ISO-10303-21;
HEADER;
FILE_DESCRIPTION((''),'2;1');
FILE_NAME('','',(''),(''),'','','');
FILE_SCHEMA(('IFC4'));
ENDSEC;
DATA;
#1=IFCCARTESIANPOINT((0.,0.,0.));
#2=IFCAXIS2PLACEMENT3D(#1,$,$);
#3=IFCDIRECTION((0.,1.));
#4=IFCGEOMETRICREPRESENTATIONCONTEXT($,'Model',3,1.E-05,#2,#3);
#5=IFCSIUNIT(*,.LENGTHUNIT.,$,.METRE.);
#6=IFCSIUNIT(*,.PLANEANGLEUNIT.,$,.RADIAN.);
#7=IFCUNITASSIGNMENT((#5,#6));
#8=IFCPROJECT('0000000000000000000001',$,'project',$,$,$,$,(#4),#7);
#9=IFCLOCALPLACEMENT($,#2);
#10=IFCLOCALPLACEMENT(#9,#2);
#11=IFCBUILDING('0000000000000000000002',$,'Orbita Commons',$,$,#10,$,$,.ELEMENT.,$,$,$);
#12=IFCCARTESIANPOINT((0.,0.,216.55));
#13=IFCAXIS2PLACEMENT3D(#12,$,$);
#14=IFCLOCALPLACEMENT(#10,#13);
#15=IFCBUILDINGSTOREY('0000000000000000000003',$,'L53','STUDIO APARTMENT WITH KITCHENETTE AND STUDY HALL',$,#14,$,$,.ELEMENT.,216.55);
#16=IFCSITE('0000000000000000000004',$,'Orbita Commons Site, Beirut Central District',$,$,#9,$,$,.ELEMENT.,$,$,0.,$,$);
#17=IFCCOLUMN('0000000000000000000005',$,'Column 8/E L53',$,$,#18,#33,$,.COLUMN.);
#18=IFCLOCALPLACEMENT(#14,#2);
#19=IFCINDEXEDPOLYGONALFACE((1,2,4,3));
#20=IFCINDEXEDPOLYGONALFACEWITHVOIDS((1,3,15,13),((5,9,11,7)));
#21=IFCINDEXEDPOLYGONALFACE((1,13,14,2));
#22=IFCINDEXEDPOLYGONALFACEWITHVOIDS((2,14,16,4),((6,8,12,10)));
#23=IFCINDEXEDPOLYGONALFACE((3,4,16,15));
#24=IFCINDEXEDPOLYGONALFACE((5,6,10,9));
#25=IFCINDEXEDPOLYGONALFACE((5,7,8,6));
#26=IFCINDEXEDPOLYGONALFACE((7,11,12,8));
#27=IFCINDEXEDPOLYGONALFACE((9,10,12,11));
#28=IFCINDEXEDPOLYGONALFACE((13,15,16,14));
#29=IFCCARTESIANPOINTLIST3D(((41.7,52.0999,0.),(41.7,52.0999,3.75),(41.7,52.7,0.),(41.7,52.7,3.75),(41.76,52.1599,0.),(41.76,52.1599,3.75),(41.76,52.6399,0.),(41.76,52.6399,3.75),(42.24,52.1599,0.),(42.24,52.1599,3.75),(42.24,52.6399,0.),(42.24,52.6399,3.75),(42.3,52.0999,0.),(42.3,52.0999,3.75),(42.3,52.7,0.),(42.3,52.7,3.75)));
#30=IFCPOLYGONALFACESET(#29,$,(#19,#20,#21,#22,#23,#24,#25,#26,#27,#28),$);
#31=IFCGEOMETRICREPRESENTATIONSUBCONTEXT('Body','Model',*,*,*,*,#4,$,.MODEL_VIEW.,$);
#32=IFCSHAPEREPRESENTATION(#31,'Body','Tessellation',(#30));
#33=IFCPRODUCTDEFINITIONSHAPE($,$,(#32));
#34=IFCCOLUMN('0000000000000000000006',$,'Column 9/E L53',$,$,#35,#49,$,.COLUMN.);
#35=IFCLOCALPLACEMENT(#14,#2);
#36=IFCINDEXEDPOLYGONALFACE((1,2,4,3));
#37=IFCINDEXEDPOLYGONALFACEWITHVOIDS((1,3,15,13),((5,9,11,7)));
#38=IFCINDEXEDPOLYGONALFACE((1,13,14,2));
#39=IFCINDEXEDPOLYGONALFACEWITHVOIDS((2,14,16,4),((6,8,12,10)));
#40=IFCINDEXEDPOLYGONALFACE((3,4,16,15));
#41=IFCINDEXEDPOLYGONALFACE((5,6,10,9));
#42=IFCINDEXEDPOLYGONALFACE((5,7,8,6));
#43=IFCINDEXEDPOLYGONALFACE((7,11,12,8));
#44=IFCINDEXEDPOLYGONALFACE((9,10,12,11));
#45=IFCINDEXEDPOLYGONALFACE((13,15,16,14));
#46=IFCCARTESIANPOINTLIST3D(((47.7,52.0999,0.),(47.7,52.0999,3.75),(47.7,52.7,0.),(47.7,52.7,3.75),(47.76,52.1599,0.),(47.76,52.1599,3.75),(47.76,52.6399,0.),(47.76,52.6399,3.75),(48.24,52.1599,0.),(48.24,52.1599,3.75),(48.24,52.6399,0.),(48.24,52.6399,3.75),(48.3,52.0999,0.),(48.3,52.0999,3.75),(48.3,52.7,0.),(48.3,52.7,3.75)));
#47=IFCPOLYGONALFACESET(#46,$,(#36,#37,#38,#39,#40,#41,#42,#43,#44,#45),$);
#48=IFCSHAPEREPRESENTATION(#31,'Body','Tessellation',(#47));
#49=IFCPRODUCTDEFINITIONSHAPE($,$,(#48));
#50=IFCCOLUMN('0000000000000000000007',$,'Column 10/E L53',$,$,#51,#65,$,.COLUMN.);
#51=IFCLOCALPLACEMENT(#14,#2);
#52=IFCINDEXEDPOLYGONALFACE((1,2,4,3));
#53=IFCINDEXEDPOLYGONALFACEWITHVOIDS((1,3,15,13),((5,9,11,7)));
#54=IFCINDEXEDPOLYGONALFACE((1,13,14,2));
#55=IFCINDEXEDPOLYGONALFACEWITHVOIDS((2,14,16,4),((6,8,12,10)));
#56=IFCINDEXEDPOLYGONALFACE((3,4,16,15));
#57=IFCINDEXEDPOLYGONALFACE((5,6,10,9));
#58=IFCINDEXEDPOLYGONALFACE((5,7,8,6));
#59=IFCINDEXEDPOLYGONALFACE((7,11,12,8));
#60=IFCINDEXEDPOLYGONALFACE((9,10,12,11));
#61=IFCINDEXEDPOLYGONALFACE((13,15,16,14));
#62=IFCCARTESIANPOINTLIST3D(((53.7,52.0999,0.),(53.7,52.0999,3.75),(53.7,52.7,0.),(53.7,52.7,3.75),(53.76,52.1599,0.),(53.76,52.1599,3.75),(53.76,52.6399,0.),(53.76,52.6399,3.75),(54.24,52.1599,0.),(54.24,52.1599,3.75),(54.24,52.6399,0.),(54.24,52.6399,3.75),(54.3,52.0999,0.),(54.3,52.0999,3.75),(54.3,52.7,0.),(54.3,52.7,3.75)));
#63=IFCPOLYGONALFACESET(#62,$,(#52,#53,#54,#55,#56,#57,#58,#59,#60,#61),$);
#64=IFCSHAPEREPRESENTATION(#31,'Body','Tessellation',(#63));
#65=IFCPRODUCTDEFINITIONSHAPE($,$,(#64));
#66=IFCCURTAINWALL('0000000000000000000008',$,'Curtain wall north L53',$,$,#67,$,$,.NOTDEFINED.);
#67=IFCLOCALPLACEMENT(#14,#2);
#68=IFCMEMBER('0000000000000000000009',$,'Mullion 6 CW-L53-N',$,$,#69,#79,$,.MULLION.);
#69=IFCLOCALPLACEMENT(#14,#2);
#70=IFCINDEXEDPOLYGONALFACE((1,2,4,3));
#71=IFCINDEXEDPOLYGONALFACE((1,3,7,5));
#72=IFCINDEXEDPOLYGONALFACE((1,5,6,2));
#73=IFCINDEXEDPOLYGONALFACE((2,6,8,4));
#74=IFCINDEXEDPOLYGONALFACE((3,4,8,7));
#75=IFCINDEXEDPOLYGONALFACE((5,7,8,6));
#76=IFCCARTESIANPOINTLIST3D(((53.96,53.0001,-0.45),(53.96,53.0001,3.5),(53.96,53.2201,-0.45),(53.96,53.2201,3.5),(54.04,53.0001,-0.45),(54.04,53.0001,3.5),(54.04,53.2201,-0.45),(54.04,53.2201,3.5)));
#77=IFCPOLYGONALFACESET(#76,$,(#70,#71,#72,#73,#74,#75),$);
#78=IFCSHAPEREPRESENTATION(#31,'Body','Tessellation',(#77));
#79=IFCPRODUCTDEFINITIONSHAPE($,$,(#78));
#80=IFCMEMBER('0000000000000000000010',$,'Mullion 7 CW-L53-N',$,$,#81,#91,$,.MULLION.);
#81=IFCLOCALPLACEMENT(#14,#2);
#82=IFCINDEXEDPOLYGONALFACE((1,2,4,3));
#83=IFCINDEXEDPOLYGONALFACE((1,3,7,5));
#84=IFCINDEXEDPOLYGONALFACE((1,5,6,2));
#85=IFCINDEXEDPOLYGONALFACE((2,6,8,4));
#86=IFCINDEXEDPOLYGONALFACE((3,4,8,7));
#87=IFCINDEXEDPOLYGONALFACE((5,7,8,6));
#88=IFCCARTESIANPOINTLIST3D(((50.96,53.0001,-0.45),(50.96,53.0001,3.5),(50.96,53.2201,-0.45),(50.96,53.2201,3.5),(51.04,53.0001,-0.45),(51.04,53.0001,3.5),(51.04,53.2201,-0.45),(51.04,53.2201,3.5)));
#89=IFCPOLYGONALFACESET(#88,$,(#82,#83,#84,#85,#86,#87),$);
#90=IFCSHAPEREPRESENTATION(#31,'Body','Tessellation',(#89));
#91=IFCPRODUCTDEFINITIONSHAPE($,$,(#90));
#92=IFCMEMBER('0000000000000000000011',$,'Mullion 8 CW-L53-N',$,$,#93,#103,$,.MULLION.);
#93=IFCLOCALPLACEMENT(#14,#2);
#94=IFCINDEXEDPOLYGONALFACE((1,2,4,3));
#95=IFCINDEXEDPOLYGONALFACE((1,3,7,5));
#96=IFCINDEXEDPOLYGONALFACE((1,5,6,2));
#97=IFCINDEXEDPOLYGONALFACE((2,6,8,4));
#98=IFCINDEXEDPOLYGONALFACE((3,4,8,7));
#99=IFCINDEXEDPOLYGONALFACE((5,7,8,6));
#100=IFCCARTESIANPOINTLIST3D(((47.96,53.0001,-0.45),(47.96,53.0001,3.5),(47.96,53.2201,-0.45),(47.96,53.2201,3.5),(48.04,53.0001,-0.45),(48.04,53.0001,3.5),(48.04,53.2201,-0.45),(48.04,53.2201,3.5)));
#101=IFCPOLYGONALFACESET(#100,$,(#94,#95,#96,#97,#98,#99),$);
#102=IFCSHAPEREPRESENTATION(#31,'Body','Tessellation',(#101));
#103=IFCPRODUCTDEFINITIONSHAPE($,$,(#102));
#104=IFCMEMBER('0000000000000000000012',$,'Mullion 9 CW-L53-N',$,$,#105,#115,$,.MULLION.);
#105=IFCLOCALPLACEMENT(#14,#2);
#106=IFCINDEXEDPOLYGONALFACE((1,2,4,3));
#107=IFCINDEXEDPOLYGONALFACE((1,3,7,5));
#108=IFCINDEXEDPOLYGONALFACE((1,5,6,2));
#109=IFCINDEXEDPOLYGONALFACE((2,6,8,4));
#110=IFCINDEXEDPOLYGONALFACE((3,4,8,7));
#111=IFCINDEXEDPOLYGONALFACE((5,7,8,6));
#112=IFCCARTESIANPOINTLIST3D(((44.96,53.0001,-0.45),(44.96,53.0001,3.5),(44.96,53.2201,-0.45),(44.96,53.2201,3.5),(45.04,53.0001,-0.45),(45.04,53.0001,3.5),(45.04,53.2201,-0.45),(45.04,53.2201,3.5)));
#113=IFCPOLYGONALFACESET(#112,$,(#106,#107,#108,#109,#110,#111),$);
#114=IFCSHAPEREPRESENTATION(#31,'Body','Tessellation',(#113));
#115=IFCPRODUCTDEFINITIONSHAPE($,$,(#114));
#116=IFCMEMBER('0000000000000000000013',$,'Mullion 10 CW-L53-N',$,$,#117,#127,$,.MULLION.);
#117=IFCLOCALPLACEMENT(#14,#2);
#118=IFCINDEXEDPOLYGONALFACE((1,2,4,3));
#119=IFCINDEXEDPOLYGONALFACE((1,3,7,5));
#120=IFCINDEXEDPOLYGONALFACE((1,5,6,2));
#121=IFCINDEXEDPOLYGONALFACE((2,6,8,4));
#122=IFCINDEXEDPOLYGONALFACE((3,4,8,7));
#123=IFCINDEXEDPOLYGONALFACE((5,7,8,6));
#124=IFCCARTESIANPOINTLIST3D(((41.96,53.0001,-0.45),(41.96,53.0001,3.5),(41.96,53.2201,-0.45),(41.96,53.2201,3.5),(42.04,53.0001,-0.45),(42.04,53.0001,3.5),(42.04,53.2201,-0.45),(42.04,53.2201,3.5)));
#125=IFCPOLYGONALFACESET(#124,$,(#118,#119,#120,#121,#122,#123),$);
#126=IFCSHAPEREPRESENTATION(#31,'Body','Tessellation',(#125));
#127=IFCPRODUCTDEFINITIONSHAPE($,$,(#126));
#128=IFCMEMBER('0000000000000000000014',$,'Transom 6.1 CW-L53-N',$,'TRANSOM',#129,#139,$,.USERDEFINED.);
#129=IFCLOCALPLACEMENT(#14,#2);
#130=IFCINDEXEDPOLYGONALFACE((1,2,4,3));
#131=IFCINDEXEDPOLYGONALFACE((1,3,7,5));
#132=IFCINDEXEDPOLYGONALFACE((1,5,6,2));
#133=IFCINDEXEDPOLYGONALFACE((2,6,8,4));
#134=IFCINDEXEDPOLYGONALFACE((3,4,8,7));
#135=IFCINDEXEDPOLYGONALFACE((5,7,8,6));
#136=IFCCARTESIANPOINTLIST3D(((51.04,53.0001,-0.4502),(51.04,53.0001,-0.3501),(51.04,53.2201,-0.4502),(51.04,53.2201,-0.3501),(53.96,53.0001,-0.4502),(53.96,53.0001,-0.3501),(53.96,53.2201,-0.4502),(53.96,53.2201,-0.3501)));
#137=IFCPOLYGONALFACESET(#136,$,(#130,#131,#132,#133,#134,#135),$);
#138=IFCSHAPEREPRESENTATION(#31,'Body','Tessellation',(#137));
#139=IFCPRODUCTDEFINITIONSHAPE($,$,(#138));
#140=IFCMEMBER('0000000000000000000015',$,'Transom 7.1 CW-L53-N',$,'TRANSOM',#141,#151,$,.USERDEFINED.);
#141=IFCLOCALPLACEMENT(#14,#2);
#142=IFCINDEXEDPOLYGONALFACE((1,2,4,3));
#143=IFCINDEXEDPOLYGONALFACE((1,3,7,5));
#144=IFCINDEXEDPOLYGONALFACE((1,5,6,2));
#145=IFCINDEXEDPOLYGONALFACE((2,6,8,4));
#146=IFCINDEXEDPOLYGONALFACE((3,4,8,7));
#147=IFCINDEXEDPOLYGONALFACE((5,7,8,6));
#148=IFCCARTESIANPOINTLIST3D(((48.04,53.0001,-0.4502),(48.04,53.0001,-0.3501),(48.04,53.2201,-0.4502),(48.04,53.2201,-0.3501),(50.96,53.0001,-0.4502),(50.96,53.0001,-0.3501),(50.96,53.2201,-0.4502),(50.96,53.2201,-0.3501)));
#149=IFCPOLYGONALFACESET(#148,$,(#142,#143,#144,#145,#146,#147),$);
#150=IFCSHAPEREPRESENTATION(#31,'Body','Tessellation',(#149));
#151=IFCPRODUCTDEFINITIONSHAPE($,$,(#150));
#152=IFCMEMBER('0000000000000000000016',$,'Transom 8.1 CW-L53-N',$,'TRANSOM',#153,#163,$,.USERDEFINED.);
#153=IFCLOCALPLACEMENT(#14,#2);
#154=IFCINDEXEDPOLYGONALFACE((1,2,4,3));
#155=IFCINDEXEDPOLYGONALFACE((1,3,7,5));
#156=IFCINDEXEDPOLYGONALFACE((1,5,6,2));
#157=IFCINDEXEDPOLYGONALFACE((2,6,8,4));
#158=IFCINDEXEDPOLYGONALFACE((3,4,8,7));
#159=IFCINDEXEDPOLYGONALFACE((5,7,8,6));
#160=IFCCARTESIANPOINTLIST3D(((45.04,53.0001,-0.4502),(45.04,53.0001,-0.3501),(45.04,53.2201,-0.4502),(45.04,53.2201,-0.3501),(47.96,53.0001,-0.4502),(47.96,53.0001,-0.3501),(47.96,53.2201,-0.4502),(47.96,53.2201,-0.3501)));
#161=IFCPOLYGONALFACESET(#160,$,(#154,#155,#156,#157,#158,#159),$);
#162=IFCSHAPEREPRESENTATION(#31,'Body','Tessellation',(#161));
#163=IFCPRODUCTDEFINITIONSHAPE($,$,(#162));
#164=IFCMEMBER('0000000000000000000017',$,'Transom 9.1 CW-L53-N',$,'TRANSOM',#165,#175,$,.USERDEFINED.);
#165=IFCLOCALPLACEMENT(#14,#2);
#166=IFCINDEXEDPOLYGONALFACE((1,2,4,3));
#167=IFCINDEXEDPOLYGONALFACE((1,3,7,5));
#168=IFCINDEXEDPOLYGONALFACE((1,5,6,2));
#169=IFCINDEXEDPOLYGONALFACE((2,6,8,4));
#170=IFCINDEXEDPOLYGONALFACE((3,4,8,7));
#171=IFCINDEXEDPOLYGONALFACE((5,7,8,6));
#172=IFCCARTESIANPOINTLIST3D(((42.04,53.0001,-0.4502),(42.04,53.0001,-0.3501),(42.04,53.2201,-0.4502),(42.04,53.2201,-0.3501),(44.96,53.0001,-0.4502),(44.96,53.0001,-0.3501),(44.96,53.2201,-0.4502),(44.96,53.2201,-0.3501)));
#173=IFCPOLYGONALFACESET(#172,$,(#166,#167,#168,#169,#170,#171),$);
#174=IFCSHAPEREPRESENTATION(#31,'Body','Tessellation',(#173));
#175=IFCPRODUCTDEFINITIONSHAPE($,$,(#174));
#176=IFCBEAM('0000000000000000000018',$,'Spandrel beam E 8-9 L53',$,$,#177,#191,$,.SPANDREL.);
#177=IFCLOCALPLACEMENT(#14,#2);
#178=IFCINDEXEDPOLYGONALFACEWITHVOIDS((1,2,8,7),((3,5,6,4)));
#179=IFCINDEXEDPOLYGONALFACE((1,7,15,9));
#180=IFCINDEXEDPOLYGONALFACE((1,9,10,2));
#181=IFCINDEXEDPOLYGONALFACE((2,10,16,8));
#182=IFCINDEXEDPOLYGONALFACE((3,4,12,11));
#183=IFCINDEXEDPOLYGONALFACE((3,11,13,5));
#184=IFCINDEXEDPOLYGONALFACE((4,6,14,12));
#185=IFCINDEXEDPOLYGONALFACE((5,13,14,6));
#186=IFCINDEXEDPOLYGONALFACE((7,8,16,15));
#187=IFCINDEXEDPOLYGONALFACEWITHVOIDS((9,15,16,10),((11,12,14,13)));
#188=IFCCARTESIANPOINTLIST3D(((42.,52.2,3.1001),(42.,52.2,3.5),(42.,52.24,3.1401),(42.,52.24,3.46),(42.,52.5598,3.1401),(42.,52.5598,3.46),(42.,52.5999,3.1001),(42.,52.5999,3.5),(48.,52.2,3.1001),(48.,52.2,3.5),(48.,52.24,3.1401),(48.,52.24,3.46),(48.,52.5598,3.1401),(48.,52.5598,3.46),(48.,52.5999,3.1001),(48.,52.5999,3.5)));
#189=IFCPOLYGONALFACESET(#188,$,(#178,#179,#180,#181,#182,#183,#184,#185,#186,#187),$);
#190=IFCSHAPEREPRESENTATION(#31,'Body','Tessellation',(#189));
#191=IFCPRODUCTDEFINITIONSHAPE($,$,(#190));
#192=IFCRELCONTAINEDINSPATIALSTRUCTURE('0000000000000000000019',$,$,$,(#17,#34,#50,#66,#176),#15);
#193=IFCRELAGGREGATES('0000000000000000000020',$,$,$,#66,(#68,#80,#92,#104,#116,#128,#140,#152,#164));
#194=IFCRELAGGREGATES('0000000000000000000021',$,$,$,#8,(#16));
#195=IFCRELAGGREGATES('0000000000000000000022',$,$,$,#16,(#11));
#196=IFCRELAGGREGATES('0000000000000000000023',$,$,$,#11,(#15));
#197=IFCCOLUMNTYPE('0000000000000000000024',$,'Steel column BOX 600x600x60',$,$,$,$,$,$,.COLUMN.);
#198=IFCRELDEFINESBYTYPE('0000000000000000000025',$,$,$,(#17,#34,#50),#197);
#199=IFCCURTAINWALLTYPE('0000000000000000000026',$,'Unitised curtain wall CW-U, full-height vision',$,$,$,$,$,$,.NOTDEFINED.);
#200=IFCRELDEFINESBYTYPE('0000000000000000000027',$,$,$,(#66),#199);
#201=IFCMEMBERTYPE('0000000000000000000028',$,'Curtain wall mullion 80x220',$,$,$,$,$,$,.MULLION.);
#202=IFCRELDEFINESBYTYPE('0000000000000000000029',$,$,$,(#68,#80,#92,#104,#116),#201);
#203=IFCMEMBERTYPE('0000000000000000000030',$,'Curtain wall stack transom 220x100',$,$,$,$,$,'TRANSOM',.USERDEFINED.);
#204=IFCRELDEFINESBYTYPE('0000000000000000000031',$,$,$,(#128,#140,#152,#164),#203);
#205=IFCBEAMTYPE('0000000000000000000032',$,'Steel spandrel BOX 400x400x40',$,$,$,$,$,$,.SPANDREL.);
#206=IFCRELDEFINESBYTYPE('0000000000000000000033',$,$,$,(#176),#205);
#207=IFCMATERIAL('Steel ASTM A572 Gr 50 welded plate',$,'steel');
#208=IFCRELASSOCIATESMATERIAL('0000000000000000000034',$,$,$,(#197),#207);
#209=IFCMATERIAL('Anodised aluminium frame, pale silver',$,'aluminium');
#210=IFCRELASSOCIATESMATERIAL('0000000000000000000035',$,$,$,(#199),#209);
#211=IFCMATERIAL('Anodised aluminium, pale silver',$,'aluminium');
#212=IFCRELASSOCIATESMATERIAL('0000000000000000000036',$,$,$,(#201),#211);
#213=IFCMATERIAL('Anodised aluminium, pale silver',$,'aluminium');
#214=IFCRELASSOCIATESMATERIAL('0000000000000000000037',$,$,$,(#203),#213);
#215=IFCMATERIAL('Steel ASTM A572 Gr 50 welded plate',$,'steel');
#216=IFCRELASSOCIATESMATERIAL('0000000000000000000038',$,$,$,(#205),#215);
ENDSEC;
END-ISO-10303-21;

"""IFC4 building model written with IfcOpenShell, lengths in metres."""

from ifc_helpers import new_model, si_unit, direction, frame, origin, origin_2d, place, context, subcontext, project, spatial, rectangle, hollow_rectangle, extrude, material, material_profile, profile_set, type_object, element, aggregate, save


model = new_model("IFC4")

# Units and contexts
model_context = context("Model", 3, precision=1e-05, world=origin(), true_north=direction((0.0, 1.0)))
body_context = subcontext(model_context, "Body", "Model", "MODEL_VIEW")
ifc_project = project(units=[si_unit("LENGTHUNIT", "METRE"), si_unit("PLANEANGLEUNIT", "RADIAN")], contexts=[model_context])

# Site, building, storey
site_placement = place(None, origin())
site = spatial("IfcSite", under=ifc_project, at=site_placement, Name="Orbita Commons Site, Beirut Central District", CompositionType="ELEMENT", RefElevation=0.0)
building_placement = place(site_placement, origin())
building = spatial("IfcBuilding", under=site, at=building_placement, Name="Orbita Commons", CompositionType="ELEMENT")
storey_placement = place(building_placement, frame((0.0, 0.0, 216.55)))
storey = spatial("IfcBuildingStorey", under=building, at=storey_placement, Name="L53", Description="STUDIO APARTMENT WITH KITCHENETTE AND STUDY HALL", CompositionType="ELEMENT", Elevation=216.55)

# Columns
ifc_material_1 = material(Name="Steel ASTM A572 Gr 50 welded plate", Category="steel")
ifc_material_profile_1 = material_profile(ifc_material_1, hollow_rectangle(XDim=0.6001, YDim=0.6001, WallThickness=0.0601, at=origin_2d()), Name="BOX 600x600x60")
ifc_profile_set_1 = profile_set([ifc_material_profile_1], Name="Steel ASTM A572 Gr 50 welded plate")
column_type = type_object("IfcColumnType", Name="Steel column BOX 600x600x60", PredefinedType="COLUMN", material=ifc_profile_set_1)
for number, where, z_axis, x_axis, name in (
    (1, (42.0, 52.3999, 0.0), (0.0, 0.0, 1.0), (1.0, 0.0, 0.0), "Column 8/E L53"),
    (2, (48.0, 52.3999, 0.0), (0.0, 0.0, 1.0), (1.0, 0.0, 0.0), "Column 9/E L53"),
    (3, (54.0, 52.3999, 0.0), (0.0, 0.0, 1.0), (1.0, 0.0, 0.0), "Column 10/E L53"),
):
    element("IfcColumn", number, at=place(storey_placement, frame(where, z_axis=z_axis, x_axis=x_axis)), inside=storey, type_object=column_type, Name=name, PredefinedType="COLUMN", context=body_context, shape_type="SweptSolid", body=[
        extrude(hollow_rectangle(XDim=0.6001, YDim=0.6001, WallThickness=0.0601, at=origin_2d()), origin(), (0.0, 0.0, 1.0), 3.75),
    ])

# Curtain wall, members
ifc_material_2 = material(Name="Anodised aluminium frame, pale silver", Category="aluminium")
curtain_wall_type = type_object("IfcCurtainWallType", Name="Unitised curtain wall CW-U, full-height vision", PredefinedType="NOTDEFINED", material=ifc_material_2)
curtain_wall_placement = place(storey_placement, origin())
curtain_wall = element("IfcCurtainWall", 4, at=curtain_wall_placement, inside=storey, type_object=curtain_wall_type, Name="Curtain wall north L53", PredefinedType="NOTDEFINED")
ifc_material_3 = material(Name="Anodised aluminium, pale silver", Category="aluminium")
ifc_material_profile_2 = material_profile(ifc_material_3, rectangle(XDim=0.0801, YDim=0.22, at=origin_2d()), Name="AL 80x220")
ifc_profile_set_2 = profile_set([ifc_material_profile_2], Name="Anodised aluminium, pale silver")
member_type_1 = type_object("IfcMemberType", Name="Curtain wall mullion 80x220", PredefinedType="MULLION", material=ifc_profile_set_2)
member_1_placement = place(storey_placement, frame((54.0, 53.1101, -0.45), z_axis=(0.0, 0.0, 1.0), x_axis=(-1.0, 0.0, 0.0)))
member_1 = element("IfcMember", 5, at=member_1_placement, type_object=member_type_1, Name="Mullion 6 CW-L53-N", PredefinedType="MULLION", context=body_context, shape_type="SweptSolid", body=[
    extrude(rectangle(XDim=0.0801, YDim=0.22, at=origin_2d()), origin(), (0.0, 0.0, 1.0), 3.95),
])
member_2_placement = place(storey_placement, frame((51.0, 53.1101, -0.45), z_axis=(0.0, 0.0, 1.0), x_axis=(-1.0, 0.0, 0.0)))
member_2 = element("IfcMember", 6, at=member_2_placement, type_object=member_type_1, Name="Mullion 7 CW-L53-N", PredefinedType="MULLION", context=body_context, shape_type="SweptSolid", body=[
    extrude(rectangle(XDim=0.0801, YDim=0.22, at=origin_2d()), origin(), (0.0, 0.0, 1.0), 3.95),
])
member_3_placement = place(storey_placement, frame((48.0, 53.1101, -0.45), z_axis=(0.0, 0.0, 1.0), x_axis=(-1.0, 0.0, 0.0)))
member_3 = element("IfcMember", 7, at=member_3_placement, type_object=member_type_1, Name="Mullion 8 CW-L53-N", PredefinedType="MULLION", context=body_context, shape_type="SweptSolid", body=[
    extrude(rectangle(XDim=0.0801, YDim=0.22, at=origin_2d()), origin(), (0.0, 0.0, 1.0), 3.95),
])
member_4_placement = place(storey_placement, frame((45.0, 53.1101, -0.45), z_axis=(0.0, 0.0, 1.0), x_axis=(-1.0, 0.0, 0.0)))
member_4 = element("IfcMember", 8, at=member_4_placement, type_object=member_type_1, Name="Mullion 9 CW-L53-N", PredefinedType="MULLION", context=body_context, shape_type="SweptSolid", body=[
    extrude(rectangle(XDim=0.0801, YDim=0.22, at=origin_2d()), origin(), (0.0, 0.0, 1.0), 3.95),
])
member_5_placement = place(storey_placement, frame((42.0, 53.1101, -0.45), z_axis=(0.0, 0.0, 1.0), x_axis=(-1.0, 0.0, 0.0)))
member_5 = element("IfcMember", 9, at=member_5_placement, type_object=member_type_1, Name="Mullion 10 CW-L53-N", PredefinedType="MULLION", context=body_context, shape_type="SweptSolid", body=[
    extrude(rectangle(XDim=0.0801, YDim=0.22, at=origin_2d()), origin(), (0.0, 0.0, 1.0), 3.95),
])
ifc_material_4 = material(Name="Anodised aluminium, pale silver", Category="aluminium")
ifc_material_profile_3 = material_profile(ifc_material_4, rectangle(XDim=0.22, YDim=0.1001, at=origin_2d()), Name="AL 220x100")
ifc_profile_set_3 = profile_set([ifc_material_profile_3], Name="Anodised aluminium, pale silver")
member_type_2 = type_object("IfcMemberType", Name="Curtain wall stack transom 220x100", ElementType="TRANSOM", PredefinedType="USERDEFINED", material=ifc_profile_set_3)
member_6_placement = place(storey_placement, frame((53.96, 53.1101, -0.4001), z_axis=(-1.0, 0.0, 0.0), x_axis=(0.0, -1.0, 0.0)))
member_6 = element("IfcMember", 10, at=member_6_placement, type_object=member_type_2, Name="Transom 6.1 CW-L53-N", ObjectType="TRANSOM", PredefinedType="USERDEFINED", context=body_context, shape_type="SweptSolid", body=[
    extrude(rectangle(XDim=0.22, YDim=0.1001, at=origin_2d()), origin(), (0.0, 0.0, 1.0), 2.9199),
])
member_7_placement = place(storey_placement, frame((50.96, 53.1101, -0.4001), z_axis=(-1.0, 0.0, 0.0), x_axis=(0.0, -1.0, 0.0)))
member_7 = element("IfcMember", 11, at=member_7_placement, type_object=member_type_2, Name="Transom 7.1 CW-L53-N", ObjectType="TRANSOM", PredefinedType="USERDEFINED", context=body_context, shape_type="SweptSolid", body=[
    extrude(rectangle(XDim=0.22, YDim=0.1001, at=origin_2d()), origin(), (0.0, 0.0, 1.0), 2.9199),
])
member_8_placement = place(storey_placement, frame((47.96, 53.1101, -0.4001), z_axis=(-1.0, 0.0, 0.0), x_axis=(0.0, -1.0, 0.0)))
member_8 = element("IfcMember", 12, at=member_8_placement, type_object=member_type_2, Name="Transom 8.1 CW-L53-N", ObjectType="TRANSOM", PredefinedType="USERDEFINED", context=body_context, shape_type="SweptSolid", body=[
    extrude(rectangle(XDim=0.22, YDim=0.1001, at=origin_2d()), origin(), (0.0, 0.0, 1.0), 2.9199),
])
member_9_placement = place(storey_placement, frame((44.96, 53.1101, -0.4001), z_axis=(-1.0, 0.0, 0.0), x_axis=(0.0, -1.0, 0.0)))
member_9 = element("IfcMember", 13, at=member_9_placement, type_object=member_type_2, Name="Transom 9.1 CW-L53-N", ObjectType="TRANSOM", PredefinedType="USERDEFINED", context=body_context, shape_type="SweptSolid", body=[
    extrude(rectangle(XDim=0.22, YDim=0.1001, at=origin_2d()), origin(), (0.0, 0.0, 1.0), 2.9199),
])

# Beam
ifc_material_5 = material(Name="Steel ASTM A572 Gr 50 welded plate", Category="steel")
ifc_material_profile_4 = material_profile(ifc_material_5, hollow_rectangle(XDim=0.3999, YDim=0.3999, WallThickness=0.04, at=origin_2d()), Name="BOX 400x400x40")
ifc_profile_set_4 = profile_set([ifc_material_profile_4], Name="Steel ASTM A572 Gr 50 welded plate")
beam_type = type_object("IfcBeamType", Name="Steel spandrel BOX 400x400x40", PredefinedType="SPANDREL", material=ifc_profile_set_4)
for number, where, z_axis, x_axis, name in (
    (14, (42.0, 52.3999, 3.3), (1.0, 0.0, 0.0), (0.0, 1.0, 0.0), "Spandrel beam E 8-9 L53"),
):
    element("IfcBeam", number, at=place(storey_placement, frame(where, z_axis=z_axis, x_axis=x_axis)), inside=storey, type_object=beam_type, Name=name, PredefinedType="SPANDREL", context=body_context, shape_type="SweptSolid", body=[
        extrude(hollow_rectangle(XDim=0.3999, YDim=0.3999, WallThickness=0.04, at=origin_2d()), origin(), (0.0, 0.0, 1.0), 6.0),
    ])

aggregate(curtain_wall, [member_1, member_2, member_3, member_4, member_5, member_6, member_7, member_8, member_9])

save(model, "model.ifc")
